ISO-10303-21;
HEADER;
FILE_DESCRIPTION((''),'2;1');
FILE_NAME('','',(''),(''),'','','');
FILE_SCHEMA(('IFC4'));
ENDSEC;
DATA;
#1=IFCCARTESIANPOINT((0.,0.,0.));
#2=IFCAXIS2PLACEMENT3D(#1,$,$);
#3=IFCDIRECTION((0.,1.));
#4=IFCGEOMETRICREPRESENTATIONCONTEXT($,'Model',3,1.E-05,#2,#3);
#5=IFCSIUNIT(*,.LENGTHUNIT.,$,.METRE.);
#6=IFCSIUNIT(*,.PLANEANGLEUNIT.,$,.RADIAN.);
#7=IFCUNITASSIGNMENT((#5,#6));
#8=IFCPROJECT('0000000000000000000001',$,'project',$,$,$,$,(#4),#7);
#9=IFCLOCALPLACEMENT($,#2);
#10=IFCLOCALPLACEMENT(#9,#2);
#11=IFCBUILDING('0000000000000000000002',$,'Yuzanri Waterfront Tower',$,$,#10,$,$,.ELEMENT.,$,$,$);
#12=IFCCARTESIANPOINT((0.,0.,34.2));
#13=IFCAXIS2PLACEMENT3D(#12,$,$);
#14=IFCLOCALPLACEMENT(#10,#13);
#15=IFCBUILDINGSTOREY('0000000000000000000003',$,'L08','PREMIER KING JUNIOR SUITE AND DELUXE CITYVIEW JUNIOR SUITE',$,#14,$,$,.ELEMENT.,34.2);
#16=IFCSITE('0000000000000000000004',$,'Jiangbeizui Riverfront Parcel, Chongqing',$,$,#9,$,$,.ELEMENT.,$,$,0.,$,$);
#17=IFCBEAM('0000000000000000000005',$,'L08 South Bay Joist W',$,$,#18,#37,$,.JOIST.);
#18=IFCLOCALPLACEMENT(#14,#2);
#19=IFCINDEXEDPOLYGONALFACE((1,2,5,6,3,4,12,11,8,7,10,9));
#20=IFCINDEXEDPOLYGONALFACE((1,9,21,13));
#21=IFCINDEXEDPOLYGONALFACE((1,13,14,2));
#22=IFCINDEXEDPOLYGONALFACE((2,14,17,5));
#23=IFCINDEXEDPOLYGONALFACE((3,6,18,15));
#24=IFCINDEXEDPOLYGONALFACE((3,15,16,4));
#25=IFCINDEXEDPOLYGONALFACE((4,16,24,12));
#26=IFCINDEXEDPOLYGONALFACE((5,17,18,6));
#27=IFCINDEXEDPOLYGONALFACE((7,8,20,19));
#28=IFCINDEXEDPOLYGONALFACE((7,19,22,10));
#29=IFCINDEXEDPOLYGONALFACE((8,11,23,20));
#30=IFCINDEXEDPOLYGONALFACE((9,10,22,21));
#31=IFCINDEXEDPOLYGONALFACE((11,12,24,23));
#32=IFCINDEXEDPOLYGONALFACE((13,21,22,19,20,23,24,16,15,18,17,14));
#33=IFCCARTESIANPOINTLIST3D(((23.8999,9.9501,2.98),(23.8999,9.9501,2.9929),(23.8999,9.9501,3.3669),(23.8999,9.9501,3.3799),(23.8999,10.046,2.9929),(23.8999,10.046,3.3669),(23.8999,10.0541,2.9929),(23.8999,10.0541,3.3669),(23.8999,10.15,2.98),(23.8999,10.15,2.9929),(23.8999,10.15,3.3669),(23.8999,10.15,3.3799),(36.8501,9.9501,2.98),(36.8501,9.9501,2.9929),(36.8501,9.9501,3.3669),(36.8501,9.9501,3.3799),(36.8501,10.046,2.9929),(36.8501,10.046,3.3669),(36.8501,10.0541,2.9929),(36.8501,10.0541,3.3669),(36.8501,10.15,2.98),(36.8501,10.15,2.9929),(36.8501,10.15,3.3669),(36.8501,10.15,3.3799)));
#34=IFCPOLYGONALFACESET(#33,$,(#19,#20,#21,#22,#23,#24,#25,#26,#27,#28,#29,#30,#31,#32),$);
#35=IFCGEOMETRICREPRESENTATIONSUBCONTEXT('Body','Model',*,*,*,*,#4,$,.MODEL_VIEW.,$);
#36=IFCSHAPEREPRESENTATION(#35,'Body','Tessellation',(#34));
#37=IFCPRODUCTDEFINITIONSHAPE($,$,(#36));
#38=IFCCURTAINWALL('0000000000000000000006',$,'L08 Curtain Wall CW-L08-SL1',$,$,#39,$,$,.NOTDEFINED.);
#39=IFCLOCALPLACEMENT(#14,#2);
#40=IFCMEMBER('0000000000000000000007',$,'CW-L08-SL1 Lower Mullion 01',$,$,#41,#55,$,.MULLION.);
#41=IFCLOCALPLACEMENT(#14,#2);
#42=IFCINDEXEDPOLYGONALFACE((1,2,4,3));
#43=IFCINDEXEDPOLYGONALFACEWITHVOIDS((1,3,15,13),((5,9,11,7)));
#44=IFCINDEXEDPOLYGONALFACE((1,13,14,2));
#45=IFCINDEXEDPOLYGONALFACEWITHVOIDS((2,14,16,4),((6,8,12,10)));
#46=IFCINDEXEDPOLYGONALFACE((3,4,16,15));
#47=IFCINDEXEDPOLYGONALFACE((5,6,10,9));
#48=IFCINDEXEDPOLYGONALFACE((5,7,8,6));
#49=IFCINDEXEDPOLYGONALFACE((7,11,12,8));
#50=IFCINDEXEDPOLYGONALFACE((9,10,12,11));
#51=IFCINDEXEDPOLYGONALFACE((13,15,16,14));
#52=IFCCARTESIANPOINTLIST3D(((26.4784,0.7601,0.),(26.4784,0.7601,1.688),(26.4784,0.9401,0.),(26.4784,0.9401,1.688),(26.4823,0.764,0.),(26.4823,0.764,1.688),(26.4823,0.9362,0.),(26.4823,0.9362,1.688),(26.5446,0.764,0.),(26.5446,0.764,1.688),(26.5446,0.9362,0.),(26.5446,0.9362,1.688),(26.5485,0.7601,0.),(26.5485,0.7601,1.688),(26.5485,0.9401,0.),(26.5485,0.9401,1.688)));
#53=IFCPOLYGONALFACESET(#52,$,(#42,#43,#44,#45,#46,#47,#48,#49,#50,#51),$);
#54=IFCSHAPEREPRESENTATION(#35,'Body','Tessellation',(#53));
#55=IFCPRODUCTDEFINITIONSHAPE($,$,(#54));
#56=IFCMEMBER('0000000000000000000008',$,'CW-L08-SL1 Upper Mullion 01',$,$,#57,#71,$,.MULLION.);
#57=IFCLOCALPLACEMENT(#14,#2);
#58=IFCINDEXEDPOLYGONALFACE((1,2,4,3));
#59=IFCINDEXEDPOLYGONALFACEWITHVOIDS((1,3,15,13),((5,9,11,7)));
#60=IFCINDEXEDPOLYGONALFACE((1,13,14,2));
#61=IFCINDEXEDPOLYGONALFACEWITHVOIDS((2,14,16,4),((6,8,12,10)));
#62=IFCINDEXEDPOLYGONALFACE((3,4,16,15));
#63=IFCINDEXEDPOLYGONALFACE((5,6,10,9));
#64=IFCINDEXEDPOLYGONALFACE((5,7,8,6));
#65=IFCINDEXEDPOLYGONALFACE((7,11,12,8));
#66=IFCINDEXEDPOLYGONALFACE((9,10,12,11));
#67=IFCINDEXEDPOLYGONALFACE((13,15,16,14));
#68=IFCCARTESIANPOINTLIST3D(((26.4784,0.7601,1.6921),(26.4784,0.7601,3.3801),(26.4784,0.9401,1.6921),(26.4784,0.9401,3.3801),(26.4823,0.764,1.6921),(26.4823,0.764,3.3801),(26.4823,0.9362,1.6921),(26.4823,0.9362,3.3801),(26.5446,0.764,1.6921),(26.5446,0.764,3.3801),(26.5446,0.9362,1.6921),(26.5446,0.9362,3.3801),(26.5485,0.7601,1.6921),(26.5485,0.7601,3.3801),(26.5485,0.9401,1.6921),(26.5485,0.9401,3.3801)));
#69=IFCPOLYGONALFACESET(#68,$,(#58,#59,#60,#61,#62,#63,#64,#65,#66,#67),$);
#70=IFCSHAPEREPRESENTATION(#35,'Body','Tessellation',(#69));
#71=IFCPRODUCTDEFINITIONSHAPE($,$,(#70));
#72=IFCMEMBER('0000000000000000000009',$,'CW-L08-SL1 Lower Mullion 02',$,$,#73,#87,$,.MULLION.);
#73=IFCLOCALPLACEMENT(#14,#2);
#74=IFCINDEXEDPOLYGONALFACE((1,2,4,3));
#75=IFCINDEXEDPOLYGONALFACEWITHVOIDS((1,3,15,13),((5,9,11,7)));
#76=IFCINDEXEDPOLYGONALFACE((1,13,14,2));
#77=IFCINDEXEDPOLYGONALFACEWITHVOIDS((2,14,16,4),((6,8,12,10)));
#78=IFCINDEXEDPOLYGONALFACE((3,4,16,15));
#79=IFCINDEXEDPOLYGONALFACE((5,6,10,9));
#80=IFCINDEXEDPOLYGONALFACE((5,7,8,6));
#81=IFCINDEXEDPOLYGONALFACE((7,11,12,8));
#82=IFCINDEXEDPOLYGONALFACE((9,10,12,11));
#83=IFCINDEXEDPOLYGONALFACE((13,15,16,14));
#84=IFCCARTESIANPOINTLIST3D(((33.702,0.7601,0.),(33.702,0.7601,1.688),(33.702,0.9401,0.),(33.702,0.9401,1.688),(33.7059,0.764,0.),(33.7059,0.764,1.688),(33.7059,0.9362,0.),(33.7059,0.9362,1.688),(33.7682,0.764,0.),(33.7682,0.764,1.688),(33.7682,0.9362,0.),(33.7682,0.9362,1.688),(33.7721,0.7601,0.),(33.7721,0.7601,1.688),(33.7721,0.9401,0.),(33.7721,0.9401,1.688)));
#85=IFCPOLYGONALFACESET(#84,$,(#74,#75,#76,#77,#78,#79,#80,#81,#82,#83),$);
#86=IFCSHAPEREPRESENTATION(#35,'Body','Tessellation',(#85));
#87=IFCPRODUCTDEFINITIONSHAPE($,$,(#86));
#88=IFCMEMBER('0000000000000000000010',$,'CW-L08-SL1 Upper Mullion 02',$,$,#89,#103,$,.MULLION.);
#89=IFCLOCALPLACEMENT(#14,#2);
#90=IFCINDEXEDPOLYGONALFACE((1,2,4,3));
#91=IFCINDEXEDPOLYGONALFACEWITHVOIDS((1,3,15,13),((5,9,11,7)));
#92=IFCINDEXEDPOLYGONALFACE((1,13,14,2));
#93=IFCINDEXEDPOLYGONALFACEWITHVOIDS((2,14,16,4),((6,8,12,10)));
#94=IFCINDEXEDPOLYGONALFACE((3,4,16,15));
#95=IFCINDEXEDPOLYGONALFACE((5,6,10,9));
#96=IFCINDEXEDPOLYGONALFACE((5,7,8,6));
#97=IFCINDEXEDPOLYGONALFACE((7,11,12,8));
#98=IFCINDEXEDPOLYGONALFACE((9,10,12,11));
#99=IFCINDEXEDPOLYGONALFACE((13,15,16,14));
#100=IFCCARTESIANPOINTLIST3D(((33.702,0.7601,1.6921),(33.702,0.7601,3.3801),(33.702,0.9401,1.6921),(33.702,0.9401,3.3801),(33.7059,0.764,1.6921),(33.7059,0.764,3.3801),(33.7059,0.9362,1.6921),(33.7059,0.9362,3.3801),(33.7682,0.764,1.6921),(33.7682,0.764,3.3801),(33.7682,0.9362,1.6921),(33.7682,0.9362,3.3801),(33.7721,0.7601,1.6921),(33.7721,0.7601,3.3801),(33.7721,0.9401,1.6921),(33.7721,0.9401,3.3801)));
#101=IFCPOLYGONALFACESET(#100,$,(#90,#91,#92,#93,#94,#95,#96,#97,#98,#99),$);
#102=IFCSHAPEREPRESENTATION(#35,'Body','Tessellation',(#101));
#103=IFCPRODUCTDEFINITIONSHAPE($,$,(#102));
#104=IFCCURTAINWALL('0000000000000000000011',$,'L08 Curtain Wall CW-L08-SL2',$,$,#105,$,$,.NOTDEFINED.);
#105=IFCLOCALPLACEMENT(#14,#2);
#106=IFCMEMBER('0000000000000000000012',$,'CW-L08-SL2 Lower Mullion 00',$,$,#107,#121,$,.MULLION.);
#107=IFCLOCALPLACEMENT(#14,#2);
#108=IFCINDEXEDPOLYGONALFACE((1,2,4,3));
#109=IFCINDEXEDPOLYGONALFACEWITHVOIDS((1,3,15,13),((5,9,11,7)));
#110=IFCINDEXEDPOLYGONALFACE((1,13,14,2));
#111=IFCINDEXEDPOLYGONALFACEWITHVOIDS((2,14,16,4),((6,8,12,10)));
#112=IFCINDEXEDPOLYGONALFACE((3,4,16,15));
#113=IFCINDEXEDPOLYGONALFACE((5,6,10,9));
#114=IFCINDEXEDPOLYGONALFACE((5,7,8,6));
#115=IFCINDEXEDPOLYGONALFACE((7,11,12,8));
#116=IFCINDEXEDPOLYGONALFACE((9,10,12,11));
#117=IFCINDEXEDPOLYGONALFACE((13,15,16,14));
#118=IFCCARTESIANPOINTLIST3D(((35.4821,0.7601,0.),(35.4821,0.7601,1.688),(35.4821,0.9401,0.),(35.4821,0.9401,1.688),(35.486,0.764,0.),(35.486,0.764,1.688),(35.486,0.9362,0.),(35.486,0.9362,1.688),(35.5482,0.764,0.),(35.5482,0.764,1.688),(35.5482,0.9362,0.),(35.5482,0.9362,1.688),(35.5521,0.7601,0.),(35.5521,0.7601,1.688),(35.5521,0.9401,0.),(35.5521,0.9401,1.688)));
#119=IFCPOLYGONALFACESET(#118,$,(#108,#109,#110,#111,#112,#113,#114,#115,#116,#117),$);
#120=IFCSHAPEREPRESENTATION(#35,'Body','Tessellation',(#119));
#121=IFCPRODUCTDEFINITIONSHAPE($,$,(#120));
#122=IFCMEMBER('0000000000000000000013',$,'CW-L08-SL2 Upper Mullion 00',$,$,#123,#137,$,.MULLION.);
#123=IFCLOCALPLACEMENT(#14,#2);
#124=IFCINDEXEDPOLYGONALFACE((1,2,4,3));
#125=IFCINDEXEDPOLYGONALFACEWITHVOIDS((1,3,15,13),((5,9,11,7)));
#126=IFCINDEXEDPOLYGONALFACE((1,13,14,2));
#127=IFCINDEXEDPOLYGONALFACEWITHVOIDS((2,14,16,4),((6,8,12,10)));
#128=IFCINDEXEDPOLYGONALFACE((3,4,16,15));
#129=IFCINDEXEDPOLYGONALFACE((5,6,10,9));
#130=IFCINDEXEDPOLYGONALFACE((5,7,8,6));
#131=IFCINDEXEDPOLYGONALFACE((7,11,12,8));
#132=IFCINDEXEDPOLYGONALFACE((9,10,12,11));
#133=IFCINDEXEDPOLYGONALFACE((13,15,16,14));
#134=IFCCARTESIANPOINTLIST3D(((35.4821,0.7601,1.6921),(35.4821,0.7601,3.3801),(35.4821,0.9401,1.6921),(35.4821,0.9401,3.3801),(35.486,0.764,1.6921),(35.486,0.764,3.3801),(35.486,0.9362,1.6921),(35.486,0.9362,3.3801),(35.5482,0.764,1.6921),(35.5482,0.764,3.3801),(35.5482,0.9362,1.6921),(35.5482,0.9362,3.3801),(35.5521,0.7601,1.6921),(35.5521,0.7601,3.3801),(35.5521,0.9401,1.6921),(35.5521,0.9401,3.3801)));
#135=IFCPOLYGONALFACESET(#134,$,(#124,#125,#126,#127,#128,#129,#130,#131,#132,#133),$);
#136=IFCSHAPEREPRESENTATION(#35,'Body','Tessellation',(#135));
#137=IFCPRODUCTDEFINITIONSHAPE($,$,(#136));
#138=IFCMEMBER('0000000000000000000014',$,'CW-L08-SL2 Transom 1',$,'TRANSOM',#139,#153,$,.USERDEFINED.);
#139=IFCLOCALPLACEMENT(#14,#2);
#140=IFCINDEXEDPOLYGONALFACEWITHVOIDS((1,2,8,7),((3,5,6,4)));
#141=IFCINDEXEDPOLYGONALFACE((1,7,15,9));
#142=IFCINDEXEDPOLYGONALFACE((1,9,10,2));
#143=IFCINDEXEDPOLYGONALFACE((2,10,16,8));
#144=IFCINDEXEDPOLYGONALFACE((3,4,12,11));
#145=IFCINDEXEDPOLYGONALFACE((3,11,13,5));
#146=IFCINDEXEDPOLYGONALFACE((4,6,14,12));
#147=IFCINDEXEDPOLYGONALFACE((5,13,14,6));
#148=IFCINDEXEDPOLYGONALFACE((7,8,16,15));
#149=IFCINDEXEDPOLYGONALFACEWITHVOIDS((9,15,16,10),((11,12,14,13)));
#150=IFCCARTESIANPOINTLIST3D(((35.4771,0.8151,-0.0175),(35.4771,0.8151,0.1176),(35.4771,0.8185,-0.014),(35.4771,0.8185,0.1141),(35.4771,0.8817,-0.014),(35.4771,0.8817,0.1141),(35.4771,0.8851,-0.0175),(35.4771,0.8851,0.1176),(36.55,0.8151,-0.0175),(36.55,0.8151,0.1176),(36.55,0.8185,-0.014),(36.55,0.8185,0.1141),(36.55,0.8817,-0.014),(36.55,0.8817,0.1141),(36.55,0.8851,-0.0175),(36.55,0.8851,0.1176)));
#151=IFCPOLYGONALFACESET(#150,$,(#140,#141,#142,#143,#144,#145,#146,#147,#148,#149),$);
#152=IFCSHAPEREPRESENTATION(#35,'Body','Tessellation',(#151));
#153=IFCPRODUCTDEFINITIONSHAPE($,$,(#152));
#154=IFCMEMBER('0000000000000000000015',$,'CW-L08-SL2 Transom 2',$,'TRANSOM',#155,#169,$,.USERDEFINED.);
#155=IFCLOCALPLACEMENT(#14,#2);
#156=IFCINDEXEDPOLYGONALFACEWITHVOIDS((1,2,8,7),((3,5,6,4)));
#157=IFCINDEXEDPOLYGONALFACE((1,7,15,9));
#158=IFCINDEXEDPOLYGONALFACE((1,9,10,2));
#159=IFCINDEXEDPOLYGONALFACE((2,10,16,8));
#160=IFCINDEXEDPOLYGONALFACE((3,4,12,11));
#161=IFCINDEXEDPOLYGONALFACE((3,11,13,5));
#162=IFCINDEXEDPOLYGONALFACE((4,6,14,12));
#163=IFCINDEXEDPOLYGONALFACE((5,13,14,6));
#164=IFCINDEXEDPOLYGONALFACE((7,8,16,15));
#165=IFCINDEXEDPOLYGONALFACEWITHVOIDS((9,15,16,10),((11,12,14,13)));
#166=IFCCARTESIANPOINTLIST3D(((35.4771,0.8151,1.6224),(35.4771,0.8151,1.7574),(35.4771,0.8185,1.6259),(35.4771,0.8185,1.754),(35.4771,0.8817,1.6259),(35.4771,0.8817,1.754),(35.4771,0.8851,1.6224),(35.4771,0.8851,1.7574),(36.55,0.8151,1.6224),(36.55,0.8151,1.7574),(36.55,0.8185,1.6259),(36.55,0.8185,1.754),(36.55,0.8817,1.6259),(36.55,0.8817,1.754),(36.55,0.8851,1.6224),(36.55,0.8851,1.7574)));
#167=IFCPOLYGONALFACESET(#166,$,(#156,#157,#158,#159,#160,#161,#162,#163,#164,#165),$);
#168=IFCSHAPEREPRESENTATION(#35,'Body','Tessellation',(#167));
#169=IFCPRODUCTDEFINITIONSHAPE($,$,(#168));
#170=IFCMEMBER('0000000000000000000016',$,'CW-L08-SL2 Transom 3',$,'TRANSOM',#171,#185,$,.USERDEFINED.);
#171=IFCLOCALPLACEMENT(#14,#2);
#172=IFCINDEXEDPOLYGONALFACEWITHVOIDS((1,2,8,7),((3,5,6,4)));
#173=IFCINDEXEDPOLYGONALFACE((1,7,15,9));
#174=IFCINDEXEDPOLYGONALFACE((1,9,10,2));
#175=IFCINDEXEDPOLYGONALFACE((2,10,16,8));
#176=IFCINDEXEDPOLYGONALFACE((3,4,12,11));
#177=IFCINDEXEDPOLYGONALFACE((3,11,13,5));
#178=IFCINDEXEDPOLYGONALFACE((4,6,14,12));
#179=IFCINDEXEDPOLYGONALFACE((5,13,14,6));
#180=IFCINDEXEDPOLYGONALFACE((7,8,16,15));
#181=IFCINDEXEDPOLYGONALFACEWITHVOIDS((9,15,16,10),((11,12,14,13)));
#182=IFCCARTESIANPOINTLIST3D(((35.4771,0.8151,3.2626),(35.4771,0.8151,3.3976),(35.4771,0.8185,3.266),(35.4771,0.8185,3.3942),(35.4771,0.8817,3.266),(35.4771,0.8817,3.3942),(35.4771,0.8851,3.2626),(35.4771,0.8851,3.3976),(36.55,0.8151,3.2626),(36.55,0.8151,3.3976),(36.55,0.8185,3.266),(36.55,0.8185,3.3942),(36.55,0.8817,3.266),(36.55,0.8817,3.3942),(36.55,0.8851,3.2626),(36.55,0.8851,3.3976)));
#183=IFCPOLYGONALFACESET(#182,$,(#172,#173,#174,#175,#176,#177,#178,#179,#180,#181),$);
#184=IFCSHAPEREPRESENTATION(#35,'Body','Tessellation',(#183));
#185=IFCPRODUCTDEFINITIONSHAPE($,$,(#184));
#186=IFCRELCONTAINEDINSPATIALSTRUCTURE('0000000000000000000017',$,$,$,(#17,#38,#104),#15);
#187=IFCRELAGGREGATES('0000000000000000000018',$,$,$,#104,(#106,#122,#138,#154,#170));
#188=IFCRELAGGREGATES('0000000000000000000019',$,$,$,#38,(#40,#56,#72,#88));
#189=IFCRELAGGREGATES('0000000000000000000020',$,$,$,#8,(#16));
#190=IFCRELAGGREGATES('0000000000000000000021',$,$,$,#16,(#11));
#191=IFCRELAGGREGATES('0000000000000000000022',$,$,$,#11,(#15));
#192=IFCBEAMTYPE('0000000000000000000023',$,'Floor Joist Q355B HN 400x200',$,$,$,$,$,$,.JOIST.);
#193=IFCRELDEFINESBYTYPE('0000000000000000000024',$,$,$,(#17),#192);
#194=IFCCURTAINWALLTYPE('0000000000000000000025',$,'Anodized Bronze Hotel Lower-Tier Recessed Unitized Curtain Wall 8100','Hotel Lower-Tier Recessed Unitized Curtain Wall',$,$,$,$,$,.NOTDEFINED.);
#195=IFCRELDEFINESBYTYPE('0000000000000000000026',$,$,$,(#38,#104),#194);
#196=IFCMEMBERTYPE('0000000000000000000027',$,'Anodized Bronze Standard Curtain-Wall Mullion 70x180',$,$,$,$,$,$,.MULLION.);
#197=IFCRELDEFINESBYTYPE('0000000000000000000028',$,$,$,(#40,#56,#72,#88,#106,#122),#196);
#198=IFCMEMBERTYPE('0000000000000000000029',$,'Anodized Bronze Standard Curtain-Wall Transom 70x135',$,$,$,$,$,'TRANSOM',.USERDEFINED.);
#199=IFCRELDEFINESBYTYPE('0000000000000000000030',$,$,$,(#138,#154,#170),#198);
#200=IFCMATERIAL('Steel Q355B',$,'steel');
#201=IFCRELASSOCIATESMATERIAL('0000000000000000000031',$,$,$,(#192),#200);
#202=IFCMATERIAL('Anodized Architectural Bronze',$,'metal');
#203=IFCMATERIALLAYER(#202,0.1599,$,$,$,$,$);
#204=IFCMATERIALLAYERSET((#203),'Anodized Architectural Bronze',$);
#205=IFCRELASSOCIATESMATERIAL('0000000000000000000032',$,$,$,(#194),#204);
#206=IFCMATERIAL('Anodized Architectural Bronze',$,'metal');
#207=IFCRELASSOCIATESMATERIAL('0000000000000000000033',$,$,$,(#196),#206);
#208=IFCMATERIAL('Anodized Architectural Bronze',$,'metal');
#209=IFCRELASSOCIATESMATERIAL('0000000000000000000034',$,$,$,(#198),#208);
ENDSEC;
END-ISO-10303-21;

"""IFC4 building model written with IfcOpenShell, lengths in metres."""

from ifc_helpers import new_model, si_unit, direction, frame, origin, origin_2d, place, context, subcontext, project, spatial, hollow_rectangle, i_section, extrude, source, transform, mapped, material, layer, layer_set, material_profile, profile_set, type_object, element, aggregate, save


model = new_model("IFC4")

# Units and contexts
model_context = context("Model", 3, precision=1e-05, world=origin(), true_north=direction((0.0, 1.0)))
body_context = subcontext(model_context, "Body", "Model", "MODEL_VIEW")
ifc_project = project(units=[si_unit("LENGTHUNIT", "METRE"), si_unit("PLANEANGLEUNIT", "RADIAN")], contexts=[model_context])

# Site, building, storey
site_placement = place(None, origin())
site = spatial("IfcSite", under=ifc_project, at=site_placement, Name="Jiangbeizui Riverfront Parcel, Chongqing", CompositionType="ELEMENT", RefElevation=0.0)
building_placement = place(site_placement, origin())
building = spatial("IfcBuilding", under=site, at=building_placement, Name="Yuzanri Waterfront Tower", CompositionType="ELEMENT")
storey_placement = place(building_placement, frame((0.0, 0.0, 34.2)))
storey = spatial("IfcBuildingStorey", under=building, at=storey_placement, Name="L08", Description="PREMIER KING JUNIOR SUITE AND DELUXE CITYVIEW JUNIOR SUITE", CompositionType="ELEMENT", Elevation=34.2)

# Beam
ifc_material_1 = material(Name="Steel Q355B", Category="steel")
ifc_material_profile_1 = material_profile(ifc_material_1, i_section(OverallWidth=0.2, OverallDepth=0.3999, WebThickness=0.0081, FlangeThickness=0.0129, at=origin_2d()), Name="HN 400x200x8x13")
ifc_profile_set_1 = profile_set([ifc_material_profile_1], Name="Steel Q355B")
beam_type = type_object("IfcBeamType", Name="Floor Joist Q355B HN 400x200", PredefinedType="JOIST", material=ifc_profile_set_1)
shared_shape_1 = source(origin(), body_context, "Body", "SweptSolid", [
    extrude(i_section(OverallWidth=0.2, OverallDepth=0.3999, WebThickness=0.0081, FlangeThickness=0.0129, at=origin_2d()), origin(), (0.0, 0.0, 1.0), 12.9502),
])
beam_placement = place(storey_placement, frame((23.8999, 10.05, 3.1799), z_axis=(1.0, 0.0, 0.0), x_axis=(0.0, 1.0, 0.0)))
element("IfcBeam", 1, at=beam_placement, inside=storey, type_object=beam_type, Name="L08 South Bay Joist W", PredefinedType="JOIST", context=body_context, shape_type="MappedRepresentation", body=[
    mapped(shared_shape_1, transform((0.0, 0.0, 0.0), scale=1.0)),
])

# Curtain walls, members
ifc_material_2 = material(Name="Anodized Architectural Bronze", Category="metal")
ifc_layer_1 = layer(ifc_material_2, 0.1599)
ifc_layer_set_1 = layer_set([ifc_layer_1], Name="Anodized Architectural Bronze")
curtain_wall_type = type_object("IfcCurtainWallType", Name="Anodized Bronze Hotel Lower-Tier Recessed Unitized Curtain Wall 8100", Description="Hotel Lower-Tier Recessed Unitized Curtain Wall", PredefinedType="NOTDEFINED", material=ifc_layer_set_1)
curtain_wall_1_placement = place(storey_placement, origin())
curtain_wall_1 = element("IfcCurtainWall", 2, at=curtain_wall_1_placement, inside=storey, type_object=curtain_wall_type, Name="L08 Curtain Wall CW-L08-SL1", PredefinedType="NOTDEFINED")
ifc_material_3 = material(Name="Anodized Architectural Bronze", Category="metal")
ifc_material_profile_2 = material_profile(ifc_material_3, hollow_rectangle(XDim=0.0701, YDim=0.1799, WallThickness=0.0039, at=origin_2d()), Name="CWM 70x180")
ifc_profile_set_2 = profile_set([ifc_material_profile_2], Name="Anodized Architectural Bronze")
member_type_1 = type_object("IfcMemberType", Name="Anodized Bronze Standard Curtain-Wall Mullion 70x180", PredefinedType="MULLION", material=ifc_profile_set_2)
shared_shape_2 = source(origin(), body_context, "Body", "SweptSolid", [
    extrude(hollow_rectangle(XDim=0.0701, YDim=0.1799, WallThickness=0.0039, at=origin_2d()), origin(), (0.0, 0.0, 1.0), 1.688),
])
member_1_placement = place(storey_placement, frame((26.5134, 0.8501, 0.0), z_axis=(0.0, 0.0, 1.0), x_axis=(1.0, 0.0, 0.0)))
member_1 = element("IfcMember", 3, at=member_1_placement, type_object=member_type_1, Name="CW-L08-SL1 Lower Mullion 01", PredefinedType="MULLION", context=body_context, shape_type="MappedRepresentation", body=[
    mapped(shared_shape_2, transform((0.0, 0.0, 0.0), scale=1.0)),
])
member_2_placement = place(storey_placement, frame((26.5134, 0.8501, 1.6921), z_axis=(0.0, 0.0, 1.0), x_axis=(1.0, 0.0, 0.0)))
member_2 = element("IfcMember", 4, at=member_2_placement, type_object=member_type_1, Name="CW-L08-SL1 Upper Mullion 01", PredefinedType="MULLION", context=body_context, shape_type="MappedRepresentation", body=[
    mapped(shared_shape_2, transform((0.0, 0.0, 0.0), scale=1.0)),
])
member_3_placement = place(storey_placement, frame((33.7371, 0.8501, 0.0), z_axis=(0.0, 0.0, 1.0), x_axis=(1.0, 0.0, 0.0)))
member_3 = element("IfcMember", 5, at=member_3_placement, type_object=member_type_1, Name="CW-L08-SL1 Lower Mullion 02", PredefinedType="MULLION", context=body_context, shape_type="MappedRepresentation", body=[
    mapped(shared_shape_2, transform((0.0, 0.0, 0.0), scale=1.0)),
])
member_4_placement = place(storey_placement, frame((33.7371, 0.8501, 1.6921), z_axis=(0.0, 0.0, 1.0), x_axis=(1.0, 0.0, 0.0)))
member_4 = element("IfcMember", 6, at=member_4_placement, type_object=member_type_1, Name="CW-L08-SL1 Upper Mullion 02", PredefinedType="MULLION", context=body_context, shape_type="MappedRepresentation", body=[
    mapped(shared_shape_2, transform((0.0, 0.0, 0.0), scale=1.0)),
])
curtain_wall_2_placement = place(storey_placement, origin())
curtain_wall_2 = element("IfcCurtainWall", 7, at=curtain_wall_2_placement, inside=storey, type_object=curtain_wall_type, Name="L08 Curtain Wall CW-L08-SL2", PredefinedType="NOTDEFINED")
member_5_placement = place(storey_placement, frame((35.5171, 0.8501, 0.0), z_axis=(0.0, 0.0, 1.0), x_axis=(1.0, 0.0, 0.0)))
member_5 = element("IfcMember", 8, at=member_5_placement, type_object=member_type_1, Name="CW-L08-SL2 Lower Mullion 00", PredefinedType="MULLION", context=body_context, shape_type="MappedRepresentation", body=[
    mapped(shared_shape_2, transform((0.0, 0.0, 0.0), scale=1.0)),
])
member_6_placement = place(storey_placement, frame((35.5171, 0.8501, 1.6921), z_axis=(0.0, 0.0, 1.0), x_axis=(1.0, 0.0, 0.0)))
member_6 = element("IfcMember", 9, at=member_6_placement, type_object=member_type_1, Name="CW-L08-SL2 Upper Mullion 00", PredefinedType="MULLION", context=body_context, shape_type="MappedRepresentation", body=[
    mapped(shared_shape_2, transform((0.0, 0.0, 0.0), scale=1.0)),
])
ifc_material_4 = material(Name="Anodized Architectural Bronze", Category="metal")
ifc_material_profile_3 = material_profile(ifc_material_4, hollow_rectangle(XDim=0.0701, YDim=0.135, WallThickness=0.0034, at=origin_2d()), Name="CWT 70x135")
ifc_profile_set_3 = profile_set([ifc_material_profile_3], Name="Anodized Architectural Bronze")
member_type_2 = type_object("IfcMemberType", Name="Anodized Bronze Standard Curtain-Wall Transom 70x135", ElementType="TRANSOM", PredefinedType="USERDEFINED", material=ifc_profile_set_3)
shared_shape_3 = source(origin(), body_context, "Body", "SweptSolid", [
    extrude(hollow_rectangle(XDim=0.0701, YDim=0.135, WallThickness=0.0034, at=origin_2d()), origin(), (0.0, 0.0, 1.0), 1.073),
])
member_7_placement = place(storey_placement, frame((35.4771, 0.8501, 0.05), z_axis=(1.0, 0.0, 0.0), x_axis=(0.0, 1.0, 0.0)))
member_7 = element("IfcMember", 10, at=member_7_placement, type_object=member_type_2, Name="CW-L08-SL2 Transom 1", ObjectType="TRANSOM", PredefinedType="USERDEFINED", context=body_context, shape_type="MappedRepresentation", body=[
    mapped(shared_shape_3, transform((0.0, 0.0, 0.0), scale=1.0)),
])
member_8_placement = place(storey_placement, frame((35.4771, 0.8501, 1.6899), z_axis=(1.0, 0.0, 0.0), x_axis=(0.0, 1.0, 0.0)))
member_8 = element("IfcMember", 11, at=member_8_placement, type_object=member_type_2, Name="CW-L08-SL2 Transom 2", ObjectType="TRANSOM", PredefinedType="USERDEFINED", context=body_context, shape_type="MappedRepresentation", body=[
    mapped(shared_shape_3, transform((0.0, 0.0, 0.0), scale=1.0)),
])
member_9_placement = place(storey_placement, frame((35.4771, 0.8501, 3.3301), z_axis=(1.0, 0.0, 0.0), x_axis=(0.0, 1.0, 0.0)))
member_9 = element("IfcMember", 12, at=member_9_placement, type_object=member_type_2, Name="CW-L08-SL2 Transom 3", ObjectType="TRANSOM", PredefinedType="USERDEFINED", context=body_context, shape_type="MappedRepresentation", body=[
    mapped(shared_shape_3, transform((0.0, 0.0, 0.0), scale=1.0)),
])
aggregate(curtain_wall_2, [member_5, member_6, member_7, member_8, member_9])

aggregate(curtain_wall_1, [member_1, member_2, member_3, member_4])

save(model, "model.ifc")
